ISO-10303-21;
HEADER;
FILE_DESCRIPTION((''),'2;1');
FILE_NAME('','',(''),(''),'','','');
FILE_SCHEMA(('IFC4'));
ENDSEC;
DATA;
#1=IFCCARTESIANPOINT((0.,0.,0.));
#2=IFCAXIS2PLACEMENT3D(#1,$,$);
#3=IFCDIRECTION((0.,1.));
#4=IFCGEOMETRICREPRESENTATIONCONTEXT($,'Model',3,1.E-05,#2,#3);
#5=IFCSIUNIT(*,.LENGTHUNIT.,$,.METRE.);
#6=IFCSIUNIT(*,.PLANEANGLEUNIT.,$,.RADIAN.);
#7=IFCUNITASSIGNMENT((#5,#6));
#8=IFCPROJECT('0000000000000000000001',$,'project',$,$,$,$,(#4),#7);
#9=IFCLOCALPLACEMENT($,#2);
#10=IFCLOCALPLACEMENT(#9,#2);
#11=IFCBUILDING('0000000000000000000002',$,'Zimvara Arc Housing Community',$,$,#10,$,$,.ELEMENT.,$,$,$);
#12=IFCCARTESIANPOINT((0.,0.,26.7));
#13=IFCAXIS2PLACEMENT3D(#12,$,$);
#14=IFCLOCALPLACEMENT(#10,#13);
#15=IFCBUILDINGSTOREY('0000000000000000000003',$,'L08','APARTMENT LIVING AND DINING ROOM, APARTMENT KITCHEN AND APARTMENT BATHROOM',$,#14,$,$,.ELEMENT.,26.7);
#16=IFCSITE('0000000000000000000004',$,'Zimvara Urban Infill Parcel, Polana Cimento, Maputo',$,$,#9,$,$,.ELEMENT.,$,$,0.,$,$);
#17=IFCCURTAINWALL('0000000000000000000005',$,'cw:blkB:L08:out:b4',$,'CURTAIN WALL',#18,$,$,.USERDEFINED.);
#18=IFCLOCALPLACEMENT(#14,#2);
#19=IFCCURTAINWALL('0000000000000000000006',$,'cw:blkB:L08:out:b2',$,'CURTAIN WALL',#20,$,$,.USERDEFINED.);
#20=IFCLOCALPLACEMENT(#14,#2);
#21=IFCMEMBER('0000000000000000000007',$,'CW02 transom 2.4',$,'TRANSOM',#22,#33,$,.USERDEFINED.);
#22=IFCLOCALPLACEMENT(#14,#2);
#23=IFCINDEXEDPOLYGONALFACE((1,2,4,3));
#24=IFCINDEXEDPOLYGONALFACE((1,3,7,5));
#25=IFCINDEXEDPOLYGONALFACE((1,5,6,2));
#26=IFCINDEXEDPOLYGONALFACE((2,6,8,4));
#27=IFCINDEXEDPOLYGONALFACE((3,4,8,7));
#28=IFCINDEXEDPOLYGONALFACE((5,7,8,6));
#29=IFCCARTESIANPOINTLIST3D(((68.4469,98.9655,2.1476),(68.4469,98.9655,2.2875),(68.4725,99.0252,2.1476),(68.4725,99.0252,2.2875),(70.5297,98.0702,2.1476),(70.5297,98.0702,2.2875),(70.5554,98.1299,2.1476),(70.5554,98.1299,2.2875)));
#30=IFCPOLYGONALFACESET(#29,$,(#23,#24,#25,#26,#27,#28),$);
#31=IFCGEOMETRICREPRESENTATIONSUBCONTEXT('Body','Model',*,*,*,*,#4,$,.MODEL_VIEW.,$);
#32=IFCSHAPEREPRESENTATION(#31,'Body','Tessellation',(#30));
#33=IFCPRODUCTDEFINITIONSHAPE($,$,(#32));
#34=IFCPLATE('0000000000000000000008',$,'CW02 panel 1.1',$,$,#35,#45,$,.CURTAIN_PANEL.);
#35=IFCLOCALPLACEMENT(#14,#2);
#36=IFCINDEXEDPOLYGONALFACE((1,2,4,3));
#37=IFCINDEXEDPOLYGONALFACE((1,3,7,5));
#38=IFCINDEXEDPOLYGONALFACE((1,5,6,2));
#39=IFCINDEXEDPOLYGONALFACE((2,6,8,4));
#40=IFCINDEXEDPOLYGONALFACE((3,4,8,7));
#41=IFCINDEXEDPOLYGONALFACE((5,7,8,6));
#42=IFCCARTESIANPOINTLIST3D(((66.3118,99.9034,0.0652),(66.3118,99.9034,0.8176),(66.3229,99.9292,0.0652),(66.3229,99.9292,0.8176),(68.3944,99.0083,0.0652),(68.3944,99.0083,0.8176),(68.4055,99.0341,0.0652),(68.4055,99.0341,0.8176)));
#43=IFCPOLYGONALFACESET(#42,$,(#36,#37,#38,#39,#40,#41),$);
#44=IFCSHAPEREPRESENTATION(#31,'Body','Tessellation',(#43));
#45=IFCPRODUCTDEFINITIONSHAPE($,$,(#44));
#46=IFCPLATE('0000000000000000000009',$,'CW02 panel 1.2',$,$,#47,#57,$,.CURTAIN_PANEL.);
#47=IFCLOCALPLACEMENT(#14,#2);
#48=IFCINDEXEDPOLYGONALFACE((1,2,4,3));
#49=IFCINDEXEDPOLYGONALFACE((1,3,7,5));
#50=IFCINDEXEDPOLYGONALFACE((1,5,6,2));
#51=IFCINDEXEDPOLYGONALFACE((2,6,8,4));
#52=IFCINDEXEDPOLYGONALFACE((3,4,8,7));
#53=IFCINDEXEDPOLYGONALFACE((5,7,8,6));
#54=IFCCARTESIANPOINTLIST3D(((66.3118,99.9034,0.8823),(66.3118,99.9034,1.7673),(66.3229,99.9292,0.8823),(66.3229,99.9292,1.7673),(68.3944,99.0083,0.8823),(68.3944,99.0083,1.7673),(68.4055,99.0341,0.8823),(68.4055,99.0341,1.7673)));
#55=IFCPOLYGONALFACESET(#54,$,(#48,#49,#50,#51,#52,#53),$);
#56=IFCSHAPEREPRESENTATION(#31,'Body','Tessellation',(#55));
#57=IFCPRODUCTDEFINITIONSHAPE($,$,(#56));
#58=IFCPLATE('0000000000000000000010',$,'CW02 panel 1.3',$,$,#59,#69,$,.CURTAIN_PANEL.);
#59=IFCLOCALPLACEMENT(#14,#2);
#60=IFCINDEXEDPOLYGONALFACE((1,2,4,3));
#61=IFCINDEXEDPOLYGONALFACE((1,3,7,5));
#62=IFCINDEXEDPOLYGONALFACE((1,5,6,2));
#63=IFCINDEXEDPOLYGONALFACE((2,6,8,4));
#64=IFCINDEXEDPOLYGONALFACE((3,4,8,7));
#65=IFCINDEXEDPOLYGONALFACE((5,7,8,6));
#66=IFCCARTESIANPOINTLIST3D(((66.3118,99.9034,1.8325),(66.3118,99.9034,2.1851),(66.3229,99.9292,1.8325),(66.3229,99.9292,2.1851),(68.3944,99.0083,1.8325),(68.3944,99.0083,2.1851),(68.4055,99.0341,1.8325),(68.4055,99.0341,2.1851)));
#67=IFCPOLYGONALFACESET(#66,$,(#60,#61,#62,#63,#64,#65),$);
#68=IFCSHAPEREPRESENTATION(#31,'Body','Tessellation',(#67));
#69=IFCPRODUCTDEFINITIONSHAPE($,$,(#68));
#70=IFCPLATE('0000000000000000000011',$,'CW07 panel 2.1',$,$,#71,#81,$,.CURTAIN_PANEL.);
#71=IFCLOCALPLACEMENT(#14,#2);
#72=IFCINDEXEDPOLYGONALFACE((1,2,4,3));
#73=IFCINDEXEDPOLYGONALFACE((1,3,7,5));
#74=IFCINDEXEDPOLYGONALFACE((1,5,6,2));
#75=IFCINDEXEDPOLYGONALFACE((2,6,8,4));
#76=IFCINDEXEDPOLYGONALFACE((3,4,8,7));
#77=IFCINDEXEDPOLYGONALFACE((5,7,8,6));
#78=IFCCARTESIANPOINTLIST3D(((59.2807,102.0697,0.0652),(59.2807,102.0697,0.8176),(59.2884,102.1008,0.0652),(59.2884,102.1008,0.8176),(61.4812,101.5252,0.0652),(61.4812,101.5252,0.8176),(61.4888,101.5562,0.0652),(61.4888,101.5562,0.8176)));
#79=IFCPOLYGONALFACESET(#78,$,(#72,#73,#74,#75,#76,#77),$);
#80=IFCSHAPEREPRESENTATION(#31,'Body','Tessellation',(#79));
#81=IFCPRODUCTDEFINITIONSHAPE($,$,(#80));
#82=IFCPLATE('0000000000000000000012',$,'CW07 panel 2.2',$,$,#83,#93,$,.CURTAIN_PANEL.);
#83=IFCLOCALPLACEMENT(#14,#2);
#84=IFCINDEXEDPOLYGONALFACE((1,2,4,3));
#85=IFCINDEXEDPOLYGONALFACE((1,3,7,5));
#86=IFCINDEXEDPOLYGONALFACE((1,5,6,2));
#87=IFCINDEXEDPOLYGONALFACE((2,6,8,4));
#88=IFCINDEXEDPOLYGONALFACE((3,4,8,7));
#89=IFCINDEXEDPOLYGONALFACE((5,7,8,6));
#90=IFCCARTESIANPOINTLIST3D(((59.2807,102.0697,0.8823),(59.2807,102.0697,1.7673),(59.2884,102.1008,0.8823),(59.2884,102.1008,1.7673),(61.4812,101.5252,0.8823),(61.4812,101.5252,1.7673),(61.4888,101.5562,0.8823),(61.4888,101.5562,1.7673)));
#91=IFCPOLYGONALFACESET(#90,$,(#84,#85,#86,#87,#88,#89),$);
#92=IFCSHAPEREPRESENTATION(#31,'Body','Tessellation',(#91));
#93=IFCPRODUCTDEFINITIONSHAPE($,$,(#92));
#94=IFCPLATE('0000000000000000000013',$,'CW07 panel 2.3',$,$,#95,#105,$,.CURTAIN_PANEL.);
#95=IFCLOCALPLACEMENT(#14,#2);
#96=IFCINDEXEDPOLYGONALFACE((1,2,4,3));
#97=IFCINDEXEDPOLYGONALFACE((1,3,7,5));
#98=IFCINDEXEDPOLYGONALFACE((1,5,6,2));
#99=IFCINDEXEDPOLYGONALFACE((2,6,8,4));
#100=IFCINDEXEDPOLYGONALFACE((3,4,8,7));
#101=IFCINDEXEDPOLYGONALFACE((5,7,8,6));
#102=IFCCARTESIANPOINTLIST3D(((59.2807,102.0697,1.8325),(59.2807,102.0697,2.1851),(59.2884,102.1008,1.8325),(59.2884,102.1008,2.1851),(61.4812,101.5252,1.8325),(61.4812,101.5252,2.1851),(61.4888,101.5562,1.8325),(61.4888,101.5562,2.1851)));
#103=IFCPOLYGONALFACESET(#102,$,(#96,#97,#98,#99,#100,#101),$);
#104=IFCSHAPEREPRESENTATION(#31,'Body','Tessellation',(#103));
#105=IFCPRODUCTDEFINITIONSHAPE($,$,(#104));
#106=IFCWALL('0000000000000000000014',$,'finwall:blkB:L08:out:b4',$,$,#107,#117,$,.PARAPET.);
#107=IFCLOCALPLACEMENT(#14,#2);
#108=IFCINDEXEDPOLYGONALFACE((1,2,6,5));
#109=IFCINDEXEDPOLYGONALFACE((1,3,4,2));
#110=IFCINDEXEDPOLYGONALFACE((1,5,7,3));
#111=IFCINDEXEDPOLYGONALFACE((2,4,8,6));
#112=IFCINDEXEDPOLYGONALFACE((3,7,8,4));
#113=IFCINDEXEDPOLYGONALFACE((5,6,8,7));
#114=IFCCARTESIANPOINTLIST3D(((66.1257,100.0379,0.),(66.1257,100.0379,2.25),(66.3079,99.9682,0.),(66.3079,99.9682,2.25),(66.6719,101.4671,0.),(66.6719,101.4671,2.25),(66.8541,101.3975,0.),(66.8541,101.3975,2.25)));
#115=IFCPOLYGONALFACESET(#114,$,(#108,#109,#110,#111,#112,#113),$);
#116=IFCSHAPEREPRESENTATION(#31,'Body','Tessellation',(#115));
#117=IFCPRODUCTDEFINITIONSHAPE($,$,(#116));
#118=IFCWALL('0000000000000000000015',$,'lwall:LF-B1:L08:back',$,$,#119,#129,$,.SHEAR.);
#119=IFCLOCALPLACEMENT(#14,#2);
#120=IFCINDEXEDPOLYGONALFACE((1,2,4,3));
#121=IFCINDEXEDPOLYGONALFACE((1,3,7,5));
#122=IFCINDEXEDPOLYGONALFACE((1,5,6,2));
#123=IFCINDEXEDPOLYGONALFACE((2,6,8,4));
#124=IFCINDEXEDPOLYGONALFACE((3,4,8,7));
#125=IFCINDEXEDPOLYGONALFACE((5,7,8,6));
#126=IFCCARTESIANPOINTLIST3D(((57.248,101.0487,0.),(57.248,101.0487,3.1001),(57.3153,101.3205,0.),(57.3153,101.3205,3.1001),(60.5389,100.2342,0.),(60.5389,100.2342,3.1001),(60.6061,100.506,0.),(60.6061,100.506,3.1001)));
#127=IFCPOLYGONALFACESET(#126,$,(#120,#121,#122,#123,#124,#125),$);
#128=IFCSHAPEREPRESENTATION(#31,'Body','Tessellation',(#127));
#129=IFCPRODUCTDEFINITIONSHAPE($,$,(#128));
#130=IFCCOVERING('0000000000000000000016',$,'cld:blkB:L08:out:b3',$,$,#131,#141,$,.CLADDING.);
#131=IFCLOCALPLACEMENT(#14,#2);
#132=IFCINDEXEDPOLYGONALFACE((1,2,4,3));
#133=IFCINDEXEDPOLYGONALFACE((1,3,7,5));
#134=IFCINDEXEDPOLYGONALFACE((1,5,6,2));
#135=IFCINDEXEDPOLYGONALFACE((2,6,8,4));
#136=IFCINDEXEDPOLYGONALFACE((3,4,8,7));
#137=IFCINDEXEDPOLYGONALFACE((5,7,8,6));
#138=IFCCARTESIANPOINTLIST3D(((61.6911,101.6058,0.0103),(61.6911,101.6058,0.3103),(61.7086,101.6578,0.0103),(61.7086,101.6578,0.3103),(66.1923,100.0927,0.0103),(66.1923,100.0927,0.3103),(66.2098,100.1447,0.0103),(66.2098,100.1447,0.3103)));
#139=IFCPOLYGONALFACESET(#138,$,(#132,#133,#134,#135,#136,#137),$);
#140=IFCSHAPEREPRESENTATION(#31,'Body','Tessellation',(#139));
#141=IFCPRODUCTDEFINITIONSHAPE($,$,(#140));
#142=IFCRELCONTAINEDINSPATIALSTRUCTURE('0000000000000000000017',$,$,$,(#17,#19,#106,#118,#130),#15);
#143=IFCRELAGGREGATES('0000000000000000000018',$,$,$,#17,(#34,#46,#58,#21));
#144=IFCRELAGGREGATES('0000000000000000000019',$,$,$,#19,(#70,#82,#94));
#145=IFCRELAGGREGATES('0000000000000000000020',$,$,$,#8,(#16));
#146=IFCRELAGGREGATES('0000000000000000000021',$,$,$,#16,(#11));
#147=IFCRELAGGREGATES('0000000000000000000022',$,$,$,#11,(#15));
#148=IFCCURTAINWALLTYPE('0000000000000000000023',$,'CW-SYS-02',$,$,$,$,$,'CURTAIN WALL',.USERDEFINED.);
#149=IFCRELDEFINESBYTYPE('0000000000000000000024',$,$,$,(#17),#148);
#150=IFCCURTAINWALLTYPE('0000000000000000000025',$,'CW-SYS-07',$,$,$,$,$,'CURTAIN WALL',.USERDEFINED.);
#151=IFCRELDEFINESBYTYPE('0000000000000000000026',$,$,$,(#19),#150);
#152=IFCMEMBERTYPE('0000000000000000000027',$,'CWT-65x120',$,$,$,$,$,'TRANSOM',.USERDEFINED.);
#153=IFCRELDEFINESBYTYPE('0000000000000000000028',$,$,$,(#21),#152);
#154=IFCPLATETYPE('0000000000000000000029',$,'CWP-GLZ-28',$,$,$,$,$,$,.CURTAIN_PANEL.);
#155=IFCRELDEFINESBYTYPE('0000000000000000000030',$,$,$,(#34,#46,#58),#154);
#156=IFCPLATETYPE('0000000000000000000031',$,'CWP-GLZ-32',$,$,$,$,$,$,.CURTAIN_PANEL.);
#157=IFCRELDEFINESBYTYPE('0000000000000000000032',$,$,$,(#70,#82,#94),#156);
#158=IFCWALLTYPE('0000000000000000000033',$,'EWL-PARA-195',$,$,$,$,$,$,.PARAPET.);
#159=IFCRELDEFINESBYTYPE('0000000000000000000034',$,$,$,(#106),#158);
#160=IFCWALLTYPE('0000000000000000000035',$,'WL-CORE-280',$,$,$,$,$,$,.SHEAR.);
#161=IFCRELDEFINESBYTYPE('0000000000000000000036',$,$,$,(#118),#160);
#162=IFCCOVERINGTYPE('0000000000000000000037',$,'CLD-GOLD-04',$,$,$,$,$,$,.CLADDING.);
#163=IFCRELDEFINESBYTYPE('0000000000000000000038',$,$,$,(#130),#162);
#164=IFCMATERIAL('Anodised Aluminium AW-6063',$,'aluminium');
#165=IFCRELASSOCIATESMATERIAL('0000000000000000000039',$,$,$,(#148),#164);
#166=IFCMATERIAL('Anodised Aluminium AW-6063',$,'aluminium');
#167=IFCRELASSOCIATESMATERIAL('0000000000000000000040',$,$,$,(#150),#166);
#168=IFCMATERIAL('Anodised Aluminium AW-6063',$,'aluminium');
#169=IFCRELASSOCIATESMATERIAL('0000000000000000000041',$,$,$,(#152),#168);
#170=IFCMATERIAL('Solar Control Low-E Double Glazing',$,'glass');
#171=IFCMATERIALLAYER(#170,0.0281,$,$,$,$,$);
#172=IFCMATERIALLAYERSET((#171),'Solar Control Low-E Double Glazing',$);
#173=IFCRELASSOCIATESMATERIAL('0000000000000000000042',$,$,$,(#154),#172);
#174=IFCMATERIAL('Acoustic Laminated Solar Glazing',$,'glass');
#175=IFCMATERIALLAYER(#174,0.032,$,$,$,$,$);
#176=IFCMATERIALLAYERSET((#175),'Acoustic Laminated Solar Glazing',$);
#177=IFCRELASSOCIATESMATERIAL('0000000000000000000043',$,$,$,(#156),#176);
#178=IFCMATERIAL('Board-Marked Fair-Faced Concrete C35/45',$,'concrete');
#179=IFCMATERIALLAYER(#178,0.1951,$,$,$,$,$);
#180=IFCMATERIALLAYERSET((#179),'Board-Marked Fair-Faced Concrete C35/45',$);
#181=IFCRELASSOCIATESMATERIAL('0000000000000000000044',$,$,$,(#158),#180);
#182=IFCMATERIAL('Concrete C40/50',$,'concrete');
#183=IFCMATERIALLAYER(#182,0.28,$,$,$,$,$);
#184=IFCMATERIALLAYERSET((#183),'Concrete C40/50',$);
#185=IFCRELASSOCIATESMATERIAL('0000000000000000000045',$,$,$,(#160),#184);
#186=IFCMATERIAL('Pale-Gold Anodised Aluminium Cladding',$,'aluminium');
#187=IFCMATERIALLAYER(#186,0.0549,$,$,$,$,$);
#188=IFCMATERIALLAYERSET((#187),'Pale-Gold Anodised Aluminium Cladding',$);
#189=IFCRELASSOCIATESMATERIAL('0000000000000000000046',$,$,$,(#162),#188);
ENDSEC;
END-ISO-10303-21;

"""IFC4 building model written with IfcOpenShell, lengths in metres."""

from ifc_helpers import new_model, si_unit, direction, frame, frame_2d, origin, origin_2d, place, context, subcontext, project, spatial, rectangle, extrude, material, layer, layer_set, material_profile, profile_set, type_object, element, aggregate, save


model = new_model("IFC4")

# Units and contexts
model_context = context("Model", 3, precision=1e-05, world=origin(), true_north=direction((0.0, 1.0)))
body_context = subcontext(model_context, "Body", "Model", "MODEL_VIEW")
ifc_project = project(units=[si_unit("LENGTHUNIT", "METRE"), si_unit("PLANEANGLEUNIT", "RADIAN")], contexts=[model_context])

# Site, building, storey
site_placement = place(None, origin())
site = spatial("IfcSite", under=ifc_project, at=site_placement, Name="Zimvara Urban Infill Parcel, Polana Cimento, Maputo", CompositionType="ELEMENT", RefElevation=0.0)
building_placement = place(site_placement, origin())
building = spatial("IfcBuilding", under=site, at=building_placement, Name="Zimvara Arc Housing Community", CompositionType="ELEMENT")
storey_placement = place(building_placement, frame((0.0, 0.0, 26.7)))
storey = spatial("IfcBuildingStorey", under=building, at=storey_placement, Name="L08", Description="APARTMENT LIVING AND DINING ROOM, APARTMENT KITCHEN AND APARTMENT BATHROOM", CompositionType="ELEMENT", Elevation=26.7)

# Curtain wall
ifc_material_1 = material(Name="Anodised Aluminium AW-6063", Category="aluminium")
curtain_wall_type_1 = type_object("IfcCurtainWallType", Name="CW-SYS-02", ElementType="CURTAIN WALL", PredefinedType="USERDEFINED", material=ifc_material_1)
curtain_wall_1_placement = place(storey_placement, origin())
curtain_wall_1 = element("IfcCurtainWall", 1, at=curtain_wall_1_placement, inside=storey, type_object=curtain_wall_type_1, Name="cw:blkB:L08:out:b4", ObjectType="CURTAIN WALL", PredefinedType="USERDEFINED")

# Curtain wall
ifc_material_2 = material(Name="Anodised Aluminium AW-6063", Category="aluminium")
curtain_wall_type_2 = type_object("IfcCurtainWallType", Name="CW-SYS-07", ElementType="CURTAIN WALL", PredefinedType="USERDEFINED", material=ifc_material_2)
curtain_wall_2_placement = place(storey_placement, origin())
curtain_wall_2 = element("IfcCurtainWall", 2, at=curtain_wall_2_placement, inside=storey, type_object=curtain_wall_type_2, Name="cw:blkB:L08:out:b2", ObjectType="CURTAIN WALL", PredefinedType="USERDEFINED")

# Member
ifc_material_3 = material(Name="Anodised Aluminium AW-6063", Category="aluminium")
ifc_material_profile_1 = material_profile(ifc_material_3, rectangle(XDim=0.0649, YDim=0.1399, at=origin_2d()), Name="ALU 65x140")
ifc_profile_set_1 = profile_set([ifc_material_profile_1], Name="Anodised Aluminium AW-6063")
member_type_1 = type_object("IfcMemberType", Name="CWT-65x120", ElementType="TRANSOM", PredefinedType="USERDEFINED", material=ifc_profile_set_1)
member_1_placement = place(storey_placement, frame((68.4597, 98.9954, 2.2175), z_axis=(0.918721, -0.394907, 0.0), x_axis=(0.394907, 0.918721, 0.0)))
member_1 = element("IfcMember", 3, at=member_1_placement, type_object=member_type_1, Name="CW02 transom 2.4", ObjectType="TRANSOM", PredefinedType="USERDEFINED", context=body_context, shape_type="SweptSolid", body=[
    extrude(rectangle(XDim=0.0649, YDim=0.1399, at=origin_2d()), origin(), (0.0, 0.0, 1.0), 2.2671),
])

# Plates
ifc_material_4 = material(Name="Solar Control Low-E Double Glazing", Category="glass")
ifc_layer_1 = layer(ifc_material_4, 0.0281)
ifc_layer_set_1 = layer_set([ifc_layer_1], Name="Solar Control Low-E Double Glazing")
plate_type_1 = type_object("IfcPlateType", Name="CWP-GLZ-28", PredefinedType="CURTAIN_PANEL", material=ifc_layer_set_1)
plate_1_placement = place(storey_placement, frame((67.3586, 99.4688, 0.0652), z_axis=(0.0, 0.0, 1.0), x_axis=(0.918722, -0.394904, 0.0)))
plate_1 = element("IfcPlate", 4, at=plate_1_placement, type_object=plate_type_1, Name="CW02 panel 1.1", PredefinedType="CURTAIN_PANEL", context=body_context, shape_type="SweptSolid", body=[
    extrude(rectangle(XDim=2.2668, YDim=0.0281, at=origin_2d()), origin(), (0.0, 0.0, 1.0), 0.7524),
])
plate_2_placement = place(storey_placement, frame((67.3586, 99.4688, 0.8823), z_axis=(0.0, 0.0, 1.0), x_axis=(0.918722, -0.394904, 0.0)))
plate_2 = element("IfcPlate", 5, at=plate_2_placement, type_object=plate_type_1, Name="CW02 panel 1.2", PredefinedType="CURTAIN_PANEL", context=body_context, shape_type="SweptSolid", body=[
    extrude(rectangle(XDim=2.2668, YDim=0.0281, at=origin_2d()), origin(), (0.0, 0.0, 1.0), 0.885),
])
plate_3_placement = place(storey_placement, frame((67.3586, 99.4688, 1.8325), z_axis=(0.0, 0.0, 1.0), x_axis=(0.918722, -0.394904, 0.0)))
plate_3 = element("IfcPlate", 6, at=plate_3_placement, type_object=plate_type_1, Name="CW02 panel 1.3", PredefinedType="CURTAIN_PANEL", context=body_context, shape_type="SweptSolid", body=[
    extrude(rectangle(XDim=2.2668, YDim=0.0281, at=origin_2d()), origin(), (0.0, 0.0, 1.0), 0.3525),
])
aggregate(curtain_wall_1, [plate_1, plate_2, plate_3, member_1])
ifc_material_5 = material(Name="Acoustic Laminated Solar Glazing", Category="glass")
ifc_layer_2 = layer(ifc_material_5, 0.032)
ifc_layer_set_2 = layer_set([ifc_layer_2], Name="Acoustic Laminated Solar Glazing")
plate_type_2 = type_object("IfcPlateType", Name="CWP-GLZ-32", PredefinedType="CURTAIN_PANEL", material=ifc_layer_set_2)
plate_4_placement = place(storey_placement, frame((60.3848, 101.813, 0.0652), z_axis=(0.0, 0.0, 1.0), x_axis=(0.970716, -0.24023, 0.0)))
plate_4 = element("IfcPlate", 7, at=plate_4_placement, type_object=plate_type_2, Name="CW07 panel 2.1", PredefinedType="CURTAIN_PANEL", context=body_context, shape_type="SweptSolid", body=[
    extrude(rectangle(XDim=2.2668, YDim=0.032, at=origin_2d()), origin(), (0.0, 0.0, 1.0), 0.7524),
])
plate_5_placement = place(storey_placement, frame((60.3848, 101.813, 0.8823), z_axis=(0.0, 0.0, 1.0), x_axis=(0.970716, -0.24023, 0.0)))
plate_5 = element("IfcPlate", 8, at=plate_5_placement, type_object=plate_type_2, Name="CW07 panel 2.2", PredefinedType="CURTAIN_PANEL", context=body_context, shape_type="SweptSolid", body=[
    extrude(rectangle(XDim=2.2668, YDim=0.032, at=origin_2d()), origin(), (0.0, 0.0, 1.0), 0.885),
])
plate_6_placement = place(storey_placement, frame((60.3848, 101.813, 1.8325), z_axis=(0.0, 0.0, 1.0), x_axis=(0.970716, -0.24023, 0.0)))
plate_6 = element("IfcPlate", 9, at=plate_6_placement, type_object=plate_type_2, Name="CW07 panel 2.3", PredefinedType="CURTAIN_PANEL", context=body_context, shape_type="SweptSolid", body=[
    extrude(rectangle(XDim=2.2668, YDim=0.032, at=origin_2d()), origin(), (0.0, 0.0, 1.0), 0.3525),
])
aggregate(curtain_wall_2, [plate_4, plate_5, plate_6])

# Wall
ifc_material_6 = material(Name="Board-Marked Fair-Faced Concrete C35/45", Category="concrete")
ifc_layer_3 = layer(ifc_material_6, 0.1951)
ifc_layer_set_3 = layer_set([ifc_layer_3], Name="Board-Marked Fair-Faced Concrete C35/45")
wall_type_1 = type_object("IfcWallType", Name="EWL-PARA-195", PredefinedType="PARAPET", material=ifc_layer_set_3)
wall_1_placement = place(storey_placement, frame((66.2168, 100.0029, 0.0), z_axis=(0.0, 0.0, 1.0), x_axis=(0.356957, 0.934121, 0.0)))
element("IfcWall", 10, at=wall_1_placement, inside=storey, type_object=wall_type_1, Name="finwall:blkB:L08:out:b4", PredefinedType="PARAPET", context=body_context, shape_type="SweptSolid", body=[
    extrude(rectangle(XDim=1.53, YDim=0.1951, at=frame_2d((0.7651, 0.0))), origin(), (0.0, 0.0, 1.0), 2.25),
])

# Wall
ifc_material_7 = material(Name="Concrete C40/50", Category="concrete")
ifc_layer_4 = layer(ifc_material_7, 0.28)
ifc_layer_set_4 = layer_set([ifc_layer_4], Name="Concrete C40/50")
wall_type_2 = type_object("IfcWallType", Name="WL-CORE-280", PredefinedType="SHEAR", material=ifc_layer_set_4)
wall_2_placement = place(storey_placement, frame((60.5725, 100.3701, 0.0), z_axis=(0.0, 0.0, 1.0), x_axis=(-0.970712, 0.240247, 0.0)))
element("IfcWall", 11, at=wall_2_placement, inside=storey, type_object=wall_type_2, Name="lwall:LF-B1:L08:back", PredefinedType="SHEAR", context=body_context, shape_type="SweptSolid", body=[
    extrude(rectangle(XDim=3.3901, YDim=0.28, at=frame_2d((1.6951, 0.0))), origin(), (0.0, 0.0, 1.0), 3.1001),
])

# Covering
ifc_material_8 = material(Name="Pale-Gold Anodised Aluminium Cladding", Category="aluminium")
ifc_layer_5 = layer(ifc_material_8, 0.0549)
ifc_layer_set_5 = layer_set([ifc_layer_5], Name="Pale-Gold Anodised Aluminium Cladding")
covering_type = type_object("IfcCoveringType", Name="CLD-GOLD-04", PredefinedType="CLADDING", material=ifc_layer_set_5)
covering_placement = place(storey_placement, frame((63.9504, 100.8752, 0.0103), z_axis=(0.0, 0.0, 1.0), x_axis=(0.94788, -0.318628, 0.0)))
element("IfcCovering", 12, at=covering_placement, inside=storey, type_object=covering_type, Name="cld:blkB:L08:out:b3", PredefinedType="CLADDING", context=body_context, shape_type="SweptSolid", body=[
    extrude(rectangle(XDim=4.7488, YDim=0.0549, at=origin_2d()), origin(), (0.0, 0.0, 1.0), 0.3),
])

save(model, "model.ifc")
